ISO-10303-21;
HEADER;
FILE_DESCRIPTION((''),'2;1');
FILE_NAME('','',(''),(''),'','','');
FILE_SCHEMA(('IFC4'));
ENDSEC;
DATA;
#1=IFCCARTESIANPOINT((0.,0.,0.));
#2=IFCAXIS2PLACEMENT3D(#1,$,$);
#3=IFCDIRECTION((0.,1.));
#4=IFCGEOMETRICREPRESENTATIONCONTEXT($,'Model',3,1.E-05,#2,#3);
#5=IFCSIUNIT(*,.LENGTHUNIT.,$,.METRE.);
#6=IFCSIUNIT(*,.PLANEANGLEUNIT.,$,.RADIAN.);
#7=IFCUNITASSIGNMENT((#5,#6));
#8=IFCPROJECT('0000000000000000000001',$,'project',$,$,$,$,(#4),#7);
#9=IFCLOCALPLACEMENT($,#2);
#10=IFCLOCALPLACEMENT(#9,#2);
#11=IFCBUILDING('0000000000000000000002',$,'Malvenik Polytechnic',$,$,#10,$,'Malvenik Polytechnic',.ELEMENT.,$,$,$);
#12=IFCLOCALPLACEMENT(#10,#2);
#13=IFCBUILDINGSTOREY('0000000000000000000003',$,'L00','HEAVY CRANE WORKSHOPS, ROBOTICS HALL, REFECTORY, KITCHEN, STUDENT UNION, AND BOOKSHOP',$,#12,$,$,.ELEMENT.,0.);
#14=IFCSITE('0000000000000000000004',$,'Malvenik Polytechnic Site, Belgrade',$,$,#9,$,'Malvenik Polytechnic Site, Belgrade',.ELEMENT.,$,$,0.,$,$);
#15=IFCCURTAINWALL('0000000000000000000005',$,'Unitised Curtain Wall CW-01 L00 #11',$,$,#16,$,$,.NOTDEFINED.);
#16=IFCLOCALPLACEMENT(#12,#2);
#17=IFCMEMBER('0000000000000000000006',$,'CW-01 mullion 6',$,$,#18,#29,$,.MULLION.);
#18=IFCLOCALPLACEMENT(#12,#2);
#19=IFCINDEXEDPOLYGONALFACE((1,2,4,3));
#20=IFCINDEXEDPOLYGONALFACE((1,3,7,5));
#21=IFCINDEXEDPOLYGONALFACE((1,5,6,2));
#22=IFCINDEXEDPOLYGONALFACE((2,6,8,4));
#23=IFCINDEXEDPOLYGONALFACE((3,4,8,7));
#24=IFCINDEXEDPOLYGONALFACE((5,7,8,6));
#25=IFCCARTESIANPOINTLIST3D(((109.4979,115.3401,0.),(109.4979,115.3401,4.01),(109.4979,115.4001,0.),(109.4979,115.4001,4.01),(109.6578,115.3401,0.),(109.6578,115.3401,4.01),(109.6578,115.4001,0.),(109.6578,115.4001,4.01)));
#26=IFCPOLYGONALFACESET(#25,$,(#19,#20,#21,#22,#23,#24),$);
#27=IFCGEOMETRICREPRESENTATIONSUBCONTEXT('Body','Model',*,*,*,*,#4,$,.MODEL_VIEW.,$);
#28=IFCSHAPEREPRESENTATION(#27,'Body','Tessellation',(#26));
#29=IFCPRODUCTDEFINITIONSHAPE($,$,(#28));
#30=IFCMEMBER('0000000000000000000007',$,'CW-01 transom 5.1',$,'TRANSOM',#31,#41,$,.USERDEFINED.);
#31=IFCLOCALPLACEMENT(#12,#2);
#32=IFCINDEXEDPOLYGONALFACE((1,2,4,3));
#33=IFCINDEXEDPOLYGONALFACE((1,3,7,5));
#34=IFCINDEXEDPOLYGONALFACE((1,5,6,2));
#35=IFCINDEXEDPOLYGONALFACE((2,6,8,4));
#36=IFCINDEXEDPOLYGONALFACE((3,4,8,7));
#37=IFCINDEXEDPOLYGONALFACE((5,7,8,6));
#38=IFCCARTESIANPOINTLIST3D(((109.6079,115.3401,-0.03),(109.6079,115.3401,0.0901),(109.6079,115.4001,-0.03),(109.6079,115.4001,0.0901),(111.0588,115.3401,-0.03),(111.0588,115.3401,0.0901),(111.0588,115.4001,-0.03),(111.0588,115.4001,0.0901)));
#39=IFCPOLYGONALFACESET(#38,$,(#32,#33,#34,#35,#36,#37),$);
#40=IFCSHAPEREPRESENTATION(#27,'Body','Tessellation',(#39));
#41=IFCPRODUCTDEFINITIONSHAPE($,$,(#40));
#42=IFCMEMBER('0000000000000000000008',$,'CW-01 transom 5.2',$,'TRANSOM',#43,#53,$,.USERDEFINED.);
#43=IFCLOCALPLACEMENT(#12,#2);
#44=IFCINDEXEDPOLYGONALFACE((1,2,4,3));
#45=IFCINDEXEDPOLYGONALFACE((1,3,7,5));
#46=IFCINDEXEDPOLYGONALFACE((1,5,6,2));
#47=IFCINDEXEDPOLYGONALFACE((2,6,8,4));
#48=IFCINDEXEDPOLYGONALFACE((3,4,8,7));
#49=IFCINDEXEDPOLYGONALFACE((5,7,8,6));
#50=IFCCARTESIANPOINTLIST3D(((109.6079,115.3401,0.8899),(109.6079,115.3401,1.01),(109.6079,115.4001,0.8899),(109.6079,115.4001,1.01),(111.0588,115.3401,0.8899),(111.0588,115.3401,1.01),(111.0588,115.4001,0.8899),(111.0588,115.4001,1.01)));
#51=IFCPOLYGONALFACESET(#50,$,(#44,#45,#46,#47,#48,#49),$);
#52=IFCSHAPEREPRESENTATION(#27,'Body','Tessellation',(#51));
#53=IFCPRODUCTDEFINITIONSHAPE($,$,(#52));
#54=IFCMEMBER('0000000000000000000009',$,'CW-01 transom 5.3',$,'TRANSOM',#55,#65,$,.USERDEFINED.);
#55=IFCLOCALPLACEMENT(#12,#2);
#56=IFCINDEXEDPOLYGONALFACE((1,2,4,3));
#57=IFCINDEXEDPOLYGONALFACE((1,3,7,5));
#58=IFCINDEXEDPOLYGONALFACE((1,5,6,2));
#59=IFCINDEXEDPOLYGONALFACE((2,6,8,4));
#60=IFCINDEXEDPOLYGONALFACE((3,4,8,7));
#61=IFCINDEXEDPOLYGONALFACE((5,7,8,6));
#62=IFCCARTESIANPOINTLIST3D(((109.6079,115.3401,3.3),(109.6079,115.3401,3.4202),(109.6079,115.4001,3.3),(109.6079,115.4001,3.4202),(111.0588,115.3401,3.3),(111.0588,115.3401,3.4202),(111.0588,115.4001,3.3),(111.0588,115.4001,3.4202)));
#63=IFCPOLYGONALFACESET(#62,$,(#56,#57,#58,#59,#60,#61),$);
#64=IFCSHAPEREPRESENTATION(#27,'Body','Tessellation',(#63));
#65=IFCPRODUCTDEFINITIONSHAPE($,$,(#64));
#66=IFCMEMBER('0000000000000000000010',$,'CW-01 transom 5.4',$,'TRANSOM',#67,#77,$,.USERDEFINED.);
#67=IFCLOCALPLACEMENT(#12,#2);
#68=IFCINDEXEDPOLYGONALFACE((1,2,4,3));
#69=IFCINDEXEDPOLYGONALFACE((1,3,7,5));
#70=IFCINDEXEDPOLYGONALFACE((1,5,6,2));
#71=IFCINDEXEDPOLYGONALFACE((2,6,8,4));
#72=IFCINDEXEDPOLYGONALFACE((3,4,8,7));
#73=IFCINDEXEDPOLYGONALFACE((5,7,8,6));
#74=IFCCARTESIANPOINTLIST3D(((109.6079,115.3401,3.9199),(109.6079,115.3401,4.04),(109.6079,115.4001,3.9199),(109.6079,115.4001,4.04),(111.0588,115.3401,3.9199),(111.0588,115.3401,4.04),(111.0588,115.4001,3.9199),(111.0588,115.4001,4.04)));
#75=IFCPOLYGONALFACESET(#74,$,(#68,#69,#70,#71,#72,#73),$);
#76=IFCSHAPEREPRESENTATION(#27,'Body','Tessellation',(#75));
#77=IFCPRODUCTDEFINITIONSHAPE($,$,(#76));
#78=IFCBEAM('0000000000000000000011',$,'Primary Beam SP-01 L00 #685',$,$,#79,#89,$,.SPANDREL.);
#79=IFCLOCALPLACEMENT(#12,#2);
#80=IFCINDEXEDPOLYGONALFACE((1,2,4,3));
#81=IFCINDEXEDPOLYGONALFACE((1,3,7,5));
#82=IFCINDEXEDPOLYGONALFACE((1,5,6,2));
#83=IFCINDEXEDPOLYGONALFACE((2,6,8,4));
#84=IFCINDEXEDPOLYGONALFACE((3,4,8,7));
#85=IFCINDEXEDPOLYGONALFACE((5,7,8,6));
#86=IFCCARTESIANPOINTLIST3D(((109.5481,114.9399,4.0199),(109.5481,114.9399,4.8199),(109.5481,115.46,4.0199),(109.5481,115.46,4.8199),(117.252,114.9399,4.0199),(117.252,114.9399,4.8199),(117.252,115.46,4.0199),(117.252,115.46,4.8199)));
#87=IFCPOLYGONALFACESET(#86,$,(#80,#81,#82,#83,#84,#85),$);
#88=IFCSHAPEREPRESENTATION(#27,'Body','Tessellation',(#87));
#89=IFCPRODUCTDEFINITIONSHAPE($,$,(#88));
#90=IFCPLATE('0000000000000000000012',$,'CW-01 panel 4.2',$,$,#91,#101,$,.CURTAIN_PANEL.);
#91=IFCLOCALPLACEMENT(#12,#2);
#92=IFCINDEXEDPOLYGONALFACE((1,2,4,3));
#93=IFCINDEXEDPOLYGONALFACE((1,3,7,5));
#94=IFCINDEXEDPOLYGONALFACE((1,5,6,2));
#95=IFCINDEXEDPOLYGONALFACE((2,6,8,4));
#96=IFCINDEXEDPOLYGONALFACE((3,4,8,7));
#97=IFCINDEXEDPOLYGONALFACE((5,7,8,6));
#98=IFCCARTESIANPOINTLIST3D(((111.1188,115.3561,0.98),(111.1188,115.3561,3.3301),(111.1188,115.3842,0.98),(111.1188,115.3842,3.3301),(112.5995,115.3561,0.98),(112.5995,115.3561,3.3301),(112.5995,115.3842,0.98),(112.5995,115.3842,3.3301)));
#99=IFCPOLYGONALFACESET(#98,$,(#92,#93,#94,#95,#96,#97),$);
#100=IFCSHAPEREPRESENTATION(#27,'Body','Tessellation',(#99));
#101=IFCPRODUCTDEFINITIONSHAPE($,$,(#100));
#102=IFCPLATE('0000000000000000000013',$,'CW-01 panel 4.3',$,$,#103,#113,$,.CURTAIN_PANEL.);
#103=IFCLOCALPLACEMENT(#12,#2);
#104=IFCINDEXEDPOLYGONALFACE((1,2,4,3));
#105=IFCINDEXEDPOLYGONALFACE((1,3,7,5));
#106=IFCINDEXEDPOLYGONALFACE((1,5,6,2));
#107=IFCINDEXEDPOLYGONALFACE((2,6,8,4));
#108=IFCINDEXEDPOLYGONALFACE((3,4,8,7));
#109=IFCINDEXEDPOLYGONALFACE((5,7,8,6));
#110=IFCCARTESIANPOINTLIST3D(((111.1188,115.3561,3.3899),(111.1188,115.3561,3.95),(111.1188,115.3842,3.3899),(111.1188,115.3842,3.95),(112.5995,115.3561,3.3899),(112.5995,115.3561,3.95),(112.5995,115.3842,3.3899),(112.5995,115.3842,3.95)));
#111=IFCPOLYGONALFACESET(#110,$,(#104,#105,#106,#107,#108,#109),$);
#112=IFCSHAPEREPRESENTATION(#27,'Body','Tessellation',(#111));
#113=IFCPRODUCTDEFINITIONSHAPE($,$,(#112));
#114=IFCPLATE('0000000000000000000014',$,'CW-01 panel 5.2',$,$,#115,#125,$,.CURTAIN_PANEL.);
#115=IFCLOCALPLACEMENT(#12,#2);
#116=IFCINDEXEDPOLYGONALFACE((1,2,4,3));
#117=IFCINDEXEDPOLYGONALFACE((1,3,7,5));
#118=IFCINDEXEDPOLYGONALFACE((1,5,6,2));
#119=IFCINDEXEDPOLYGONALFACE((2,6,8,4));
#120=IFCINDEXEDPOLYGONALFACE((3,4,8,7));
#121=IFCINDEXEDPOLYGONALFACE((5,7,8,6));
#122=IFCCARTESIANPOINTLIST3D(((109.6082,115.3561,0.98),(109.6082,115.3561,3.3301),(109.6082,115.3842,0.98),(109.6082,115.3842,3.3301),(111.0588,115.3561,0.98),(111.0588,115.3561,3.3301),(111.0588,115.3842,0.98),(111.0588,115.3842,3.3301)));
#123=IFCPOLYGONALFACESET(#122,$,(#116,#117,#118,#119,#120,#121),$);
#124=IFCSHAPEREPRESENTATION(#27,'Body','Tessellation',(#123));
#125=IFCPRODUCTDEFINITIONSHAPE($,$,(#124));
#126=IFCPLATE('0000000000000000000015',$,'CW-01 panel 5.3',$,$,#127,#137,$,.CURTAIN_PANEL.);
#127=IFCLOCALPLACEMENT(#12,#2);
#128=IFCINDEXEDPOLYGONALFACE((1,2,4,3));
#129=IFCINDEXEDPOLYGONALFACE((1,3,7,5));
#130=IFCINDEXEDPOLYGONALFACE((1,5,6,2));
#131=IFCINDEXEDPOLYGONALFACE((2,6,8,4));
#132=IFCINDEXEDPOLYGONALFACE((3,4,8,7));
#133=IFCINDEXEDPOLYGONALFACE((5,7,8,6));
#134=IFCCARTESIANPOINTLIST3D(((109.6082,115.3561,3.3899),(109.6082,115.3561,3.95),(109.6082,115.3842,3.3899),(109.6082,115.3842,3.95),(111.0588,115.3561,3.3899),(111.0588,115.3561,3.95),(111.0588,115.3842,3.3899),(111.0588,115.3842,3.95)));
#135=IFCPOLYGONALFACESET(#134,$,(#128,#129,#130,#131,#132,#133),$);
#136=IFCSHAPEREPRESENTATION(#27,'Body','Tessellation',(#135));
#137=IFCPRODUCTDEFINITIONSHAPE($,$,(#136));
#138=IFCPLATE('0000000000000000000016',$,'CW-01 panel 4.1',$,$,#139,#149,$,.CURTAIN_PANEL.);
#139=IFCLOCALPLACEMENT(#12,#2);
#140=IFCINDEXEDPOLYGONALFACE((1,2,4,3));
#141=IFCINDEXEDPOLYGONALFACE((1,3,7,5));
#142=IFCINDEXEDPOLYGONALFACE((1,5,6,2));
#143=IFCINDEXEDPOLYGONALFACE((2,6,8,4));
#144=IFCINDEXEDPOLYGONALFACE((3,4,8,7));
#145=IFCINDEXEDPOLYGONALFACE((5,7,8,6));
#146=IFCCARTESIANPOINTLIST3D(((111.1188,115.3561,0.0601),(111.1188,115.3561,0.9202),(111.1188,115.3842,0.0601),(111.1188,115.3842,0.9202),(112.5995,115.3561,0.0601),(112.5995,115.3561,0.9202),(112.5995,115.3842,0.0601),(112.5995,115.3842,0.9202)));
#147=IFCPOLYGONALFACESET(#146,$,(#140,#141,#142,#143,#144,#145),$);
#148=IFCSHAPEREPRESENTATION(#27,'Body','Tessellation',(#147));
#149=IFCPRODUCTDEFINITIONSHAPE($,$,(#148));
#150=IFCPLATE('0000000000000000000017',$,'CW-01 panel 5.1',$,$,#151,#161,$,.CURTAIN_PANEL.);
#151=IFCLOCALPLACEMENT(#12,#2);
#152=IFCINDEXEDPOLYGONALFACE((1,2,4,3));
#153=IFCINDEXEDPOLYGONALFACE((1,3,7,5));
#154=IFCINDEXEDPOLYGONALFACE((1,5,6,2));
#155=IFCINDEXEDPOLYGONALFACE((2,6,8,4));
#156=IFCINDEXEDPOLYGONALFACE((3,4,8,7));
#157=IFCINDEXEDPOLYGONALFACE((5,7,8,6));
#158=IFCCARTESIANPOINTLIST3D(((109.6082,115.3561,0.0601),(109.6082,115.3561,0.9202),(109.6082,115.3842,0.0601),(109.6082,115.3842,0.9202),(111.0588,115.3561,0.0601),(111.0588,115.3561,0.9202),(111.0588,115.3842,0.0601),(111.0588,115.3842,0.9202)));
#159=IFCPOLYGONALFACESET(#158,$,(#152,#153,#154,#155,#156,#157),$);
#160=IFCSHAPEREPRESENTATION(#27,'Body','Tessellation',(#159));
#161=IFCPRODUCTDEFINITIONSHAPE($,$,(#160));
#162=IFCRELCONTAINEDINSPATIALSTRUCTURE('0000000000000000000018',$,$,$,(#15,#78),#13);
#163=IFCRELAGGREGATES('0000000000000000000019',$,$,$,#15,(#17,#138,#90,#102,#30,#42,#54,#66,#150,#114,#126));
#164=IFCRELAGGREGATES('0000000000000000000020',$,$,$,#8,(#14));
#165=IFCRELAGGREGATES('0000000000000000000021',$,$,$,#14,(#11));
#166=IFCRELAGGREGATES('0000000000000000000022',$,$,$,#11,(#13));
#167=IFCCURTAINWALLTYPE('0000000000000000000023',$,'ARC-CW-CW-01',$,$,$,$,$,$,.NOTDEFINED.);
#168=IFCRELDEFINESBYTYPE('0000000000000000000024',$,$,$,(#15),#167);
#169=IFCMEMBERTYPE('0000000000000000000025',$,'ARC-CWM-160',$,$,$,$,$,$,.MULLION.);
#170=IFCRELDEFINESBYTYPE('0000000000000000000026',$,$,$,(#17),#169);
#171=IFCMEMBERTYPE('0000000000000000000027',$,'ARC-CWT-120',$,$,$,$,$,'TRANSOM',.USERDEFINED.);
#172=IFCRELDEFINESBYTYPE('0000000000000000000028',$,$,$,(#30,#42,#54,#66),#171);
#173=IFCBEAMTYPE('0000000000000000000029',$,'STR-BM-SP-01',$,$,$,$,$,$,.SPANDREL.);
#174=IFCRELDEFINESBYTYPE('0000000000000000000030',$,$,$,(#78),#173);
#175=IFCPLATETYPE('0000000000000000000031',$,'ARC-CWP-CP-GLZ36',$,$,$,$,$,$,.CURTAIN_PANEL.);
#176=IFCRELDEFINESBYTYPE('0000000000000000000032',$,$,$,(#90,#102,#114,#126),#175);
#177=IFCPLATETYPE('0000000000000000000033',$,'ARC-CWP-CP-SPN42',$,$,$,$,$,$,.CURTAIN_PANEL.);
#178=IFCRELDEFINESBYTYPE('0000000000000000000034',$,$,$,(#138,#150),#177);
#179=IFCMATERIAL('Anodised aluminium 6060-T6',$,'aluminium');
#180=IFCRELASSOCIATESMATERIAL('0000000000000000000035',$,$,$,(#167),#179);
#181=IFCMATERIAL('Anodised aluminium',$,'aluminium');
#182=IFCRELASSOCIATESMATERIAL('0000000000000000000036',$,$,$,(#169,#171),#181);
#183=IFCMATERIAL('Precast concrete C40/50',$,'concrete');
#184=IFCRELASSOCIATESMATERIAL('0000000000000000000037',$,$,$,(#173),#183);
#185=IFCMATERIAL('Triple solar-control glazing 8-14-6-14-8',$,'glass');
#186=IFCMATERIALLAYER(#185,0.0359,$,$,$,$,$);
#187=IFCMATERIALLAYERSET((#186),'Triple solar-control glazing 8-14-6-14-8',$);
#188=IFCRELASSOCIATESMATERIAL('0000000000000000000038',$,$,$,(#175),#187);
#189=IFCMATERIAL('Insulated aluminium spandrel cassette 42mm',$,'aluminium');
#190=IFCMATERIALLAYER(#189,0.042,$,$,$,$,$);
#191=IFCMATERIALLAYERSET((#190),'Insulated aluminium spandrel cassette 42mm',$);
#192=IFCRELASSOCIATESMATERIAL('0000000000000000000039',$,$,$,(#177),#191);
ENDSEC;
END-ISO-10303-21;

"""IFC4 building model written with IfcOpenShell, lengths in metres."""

from ifc_helpers import new_model, si_unit, direction, frame, origin, origin_2d, place, context, subcontext, project, spatial, rectangle, extrude, material, layer, layer_set, material_profile, profile_set, type_object, element, aggregate, save


model = new_model("IFC4")

# Units and contexts
model_context = context("Model", 3, precision=1e-05, world=origin(), true_north=direction((0.0, 1.0)))
body_context = subcontext(model_context, "Body", "Model", "MODEL_VIEW")
ifc_project = project(units=[si_unit("LENGTHUNIT", "METRE"), si_unit("PLANEANGLEUNIT", "RADIAN")], contexts=[model_context])

# Site, building, storey
site_placement = place(None, origin())
site = spatial("IfcSite", under=ifc_project, at=site_placement, Name="Malvenik Polytechnic Site, Belgrade", LongName="Malvenik Polytechnic Site, Belgrade", CompositionType="ELEMENT", RefElevation=0.0)
building_placement = place(site_placement, origin())
building = spatial("IfcBuilding", under=site, at=building_placement, Name="Malvenik Polytechnic", LongName="Malvenik Polytechnic", CompositionType="ELEMENT")
storey_placement = place(building_placement, origin())
storey = spatial("IfcBuildingStorey", under=building, at=storey_placement, Name="L00", Description="HEAVY CRANE WORKSHOPS, ROBOTICS HALL, REFECTORY, KITCHEN, STUDENT UNION, AND BOOKSHOP", CompositionType="ELEMENT", Elevation=0.0)

# Curtain wall, members
ifc_material_1 = material(Name="Anodised aluminium 6060-T6", Category="aluminium")
curtain_wall_type = type_object("IfcCurtainWallType", Name="ARC-CW-CW-01", PredefinedType="NOTDEFINED", material=ifc_material_1)
curtain_wall_placement = place(storey_placement, origin())
curtain_wall = element("IfcCurtainWall", 1, at=curtain_wall_placement, inside=storey, type_object=curtain_wall_type, Name="Unitised Curtain Wall CW-01 L00 #11", PredefinedType="NOTDEFINED")
ifc_material_2 = material(Name="Anodised aluminium", Category="aluminium")
ifc_material_profile_1 = material_profile(ifc_material_2, rectangle(XDim=0.0601, YDim=0.1599, at=origin_2d()), Name="ALU MULLION 60x160")
ifc_profile_set_1 = profile_set([ifc_material_profile_1], Name="Anodised aluminium")
member_type_1 = type_object("IfcMemberType", Name="ARC-CWM-160", PredefinedType="MULLION", material=ifc_profile_set_1)
member_1_placement = place(storey_placement, frame((109.5779, 115.3701, 0.0), z_axis=(0.0, 0.0, 1.0), x_axis=(0.0, -1.0, 0.0)))
member_1 = element("IfcMember", 2, at=member_1_placement, type_object=member_type_1, Name="CW-01 mullion 6", PredefinedType="MULLION", context=body_context, shape_type="SweptSolid", body=[
    extrude(rectangle(XDim=0.0601, YDim=0.1599, at=origin_2d()), origin(), (0.0, 0.0, 1.0), 4.01),
])
ifc_material_profile_2 = material_profile(ifc_material_2, rectangle(XDim=0.0601, YDim=0.1201, at=origin_2d()), Name="ALU TRANSOM 60x120")
ifc_profile_set_2 = profile_set([ifc_material_profile_2], Name="Anodised aluminium")
member_type_2 = type_object("IfcMemberType", Name="ARC-CWT-120", ElementType="TRANSOM", PredefinedType="USERDEFINED", material=ifc_profile_set_2)
member_2_placement = place(storey_placement, frame((111.0588, 115.3701, 0.03), z_axis=(-1.0, 0.0, 0.0), x_axis=(0.0, -1.0, 0.0)))
member_2 = element("IfcMember", 3, at=member_2_placement, type_object=member_type_2, Name="CW-01 transom 5.1", ObjectType="TRANSOM", PredefinedType="USERDEFINED", context=body_context, shape_type="SweptSolid", body=[
    extrude(rectangle(XDim=0.0601, YDim=0.1201, at=origin_2d()), origin(), (0.0, 0.0, 1.0), 1.4509),
])
member_3_placement = place(storey_placement, frame((111.0588, 115.3701, 0.95), z_axis=(-1.0, 0.0, 0.0), x_axis=(0.0, -1.0, 0.0)))
member_3 = element("IfcMember", 4, at=member_3_placement, type_object=member_type_2, Name="CW-01 transom 5.2", ObjectType="TRANSOM", PredefinedType="USERDEFINED", context=body_context, shape_type="SweptSolid", body=[
    extrude(rectangle(XDim=0.0601, YDim=0.1201, at=origin_2d()), origin(), (0.0, 0.0, 1.0), 1.4509),
])
member_4_placement = place(storey_placement, frame((111.0588, 115.3701, 3.3601), z_axis=(-1.0, 0.0, 0.0), x_axis=(0.0, -1.0, 0.0)))
member_4 = element("IfcMember", 5, at=member_4_placement, type_object=member_type_2, Name="CW-01 transom 5.3", ObjectType="TRANSOM", PredefinedType="USERDEFINED", context=body_context, shape_type="SweptSolid", body=[
    extrude(rectangle(XDim=0.0601, YDim=0.1201, at=origin_2d()), origin(), (0.0, 0.0, 1.0), 1.4509),
])
member_5_placement = place(storey_placement, frame((111.0588, 115.3701, 3.98), z_axis=(-1.0, 0.0, 0.0), x_axis=(0.0, -1.0, 0.0)))
member_5 = element("IfcMember", 6, at=member_5_placement, type_object=member_type_2, Name="CW-01 transom 5.4", ObjectType="TRANSOM", PredefinedType="USERDEFINED", context=body_context, shape_type="SweptSolid", body=[
    extrude(rectangle(XDim=0.0601, YDim=0.1201, at=origin_2d()), origin(), (0.0, 0.0, 1.0), 1.4509),
])

# Beam
ifc_material_3 = material(Name="Precast concrete C40/50", Category="concrete")
ifc_material_profile_3 = material_profile(ifc_material_3, rectangle(XDim=0.52, YDim=0.8, at=origin_2d()), Name="PC SPN 520x800")
ifc_profile_set_3 = profile_set([ifc_material_profile_3], Name="Precast concrete C40/50")
beam_type = type_object("IfcBeamType", Name="STR-BM-SP-01", PredefinedType="SPANDREL", material=ifc_profile_set_3)
beam_placement = place(storey_placement, frame((109.5481, 115.2, 4.4199), z_axis=(1.0, 0.0, 0.0), x_axis=(0.0, 1.0, 0.0)))
element("IfcBeam", 7, at=beam_placement, inside=storey, type_object=beam_type, Name="Primary Beam SP-01 L00 #685", PredefinedType="SPANDREL", context=body_context, shape_type="SweptSolid", body=[
    extrude(rectangle(XDim=0.52, YDim=0.8, at=origin_2d()), origin(), (0.0, 0.0, 1.0), 7.7039),
])

# Plates
ifc_material_4 = material(Name="Triple solar-control glazing 8-14-6-14-8", Category="glass")
ifc_layer_1 = layer(ifc_material_4, 0.0359)
ifc_layer_set_1 = layer_set([ifc_layer_1], Name="Triple solar-control glazing 8-14-6-14-8")
plate_type_1 = type_object("IfcPlateType", Name="ARC-CWP-CP-GLZ36", PredefinedType="CURTAIN_PANEL", material=ifc_layer_set_1)
plate_1_placement = place(storey_placement, frame((111.8591, 115.3701, 0.98), z_axis=(0.0, 0.0, 1.0), x_axis=(-1.0, 0.0, 0.0)))
plate_1 = element("IfcPlate", 8, at=plate_1_placement, type_object=plate_type_1, Name="CW-01 panel 4.2", PredefinedType="CURTAIN_PANEL", context=body_context, shape_type="SweptSolid", body=[
    extrude(rectangle(XDim=1.4807, YDim=0.0281, at=origin_2d()), origin(), (0.0, 0.0, 1.0), 2.3501),
])
plate_2_placement = place(storey_placement, frame((111.8591, 115.3701, 3.3899), z_axis=(0.0, 0.0, 1.0), x_axis=(-1.0, 0.0, 0.0)))
plate_2 = element("IfcPlate", 9, at=plate_2_placement, type_object=plate_type_1, Name="CW-01 panel 4.3", PredefinedType="CURTAIN_PANEL", context=body_context, shape_type="SweptSolid", body=[
    extrude(rectangle(XDim=1.4807, YDim=0.0281, at=origin_2d()), origin(), (0.0, 0.0, 1.0), 0.5601),
])
plate_3_placement = place(storey_placement, frame((110.3335, 115.3701, 0.98), z_axis=(0.0, 0.0, 1.0), x_axis=(-1.0, 0.0, 0.0)))
plate_3 = element("IfcPlate", 10, at=plate_3_placement, type_object=plate_type_1, Name="CW-01 panel 5.2", PredefinedType="CURTAIN_PANEL", context=body_context, shape_type="SweptSolid", body=[
    extrude(rectangle(XDim=1.4507, YDim=0.0281, at=origin_2d()), origin(), (0.0, 0.0, 1.0), 2.3501),
])
plate_4_placement = place(storey_placement, frame((110.3335, 115.3701, 3.3899), z_axis=(0.0, 0.0, 1.0), x_axis=(-1.0, 0.0, 0.0)))
plate_4 = element("IfcPlate", 11, at=plate_4_placement, type_object=plate_type_1, Name="CW-01 panel 5.3", PredefinedType="CURTAIN_PANEL", context=body_context, shape_type="SweptSolid", body=[
    extrude(rectangle(XDim=1.4507, YDim=0.0281, at=origin_2d()), origin(), (0.0, 0.0, 1.0), 0.5601),
])
ifc_material_5 = material(Name="Insulated aluminium spandrel cassette 42mm", Category="aluminium")
ifc_layer_2 = layer(ifc_material_5, 0.042)
ifc_layer_set_2 = layer_set([ifc_layer_2], Name="Insulated aluminium spandrel cassette 42mm")
plate_type_2 = type_object("IfcPlateType", Name="ARC-CWP-CP-SPN42", PredefinedType="CURTAIN_PANEL", material=ifc_layer_set_2)
plate_5_placement = place(storey_placement, frame((111.8591, 115.3701, 0.0601), z_axis=(0.0, 0.0, 1.0), x_axis=(-1.0, 0.0, 0.0)))
plate_5 = element("IfcPlate", 12, at=plate_5_placement, type_object=plate_type_2, Name="CW-01 panel 4.1", PredefinedType="CURTAIN_PANEL", context=body_context, shape_type="SweptSolid", body=[
    extrude(rectangle(XDim=1.4807, YDim=0.0281, at=origin_2d()), origin(), (0.0, 0.0, 1.0), 0.8601),
])
plate_6_placement = place(storey_placement, frame((110.3335, 115.3701, 0.0601), z_axis=(0.0, 0.0, 1.0), x_axis=(-1.0, 0.0, 0.0)))
plate_6 = element("IfcPlate", 13, at=plate_6_placement, type_object=plate_type_2, Name="CW-01 panel 5.1", PredefinedType="CURTAIN_PANEL", context=body_context, shape_type="SweptSolid", body=[
    extrude(rectangle(XDim=1.4507, YDim=0.0281, at=origin_2d()), origin(), (0.0, 0.0, 1.0), 0.8601),
])
aggregate(curtain_wall, [member_1, plate_5, plate_1, plate_2, member_2, member_3, member_4, member_5, plate_6, plate_3, plate_4])

save(model, "model.ifc")
